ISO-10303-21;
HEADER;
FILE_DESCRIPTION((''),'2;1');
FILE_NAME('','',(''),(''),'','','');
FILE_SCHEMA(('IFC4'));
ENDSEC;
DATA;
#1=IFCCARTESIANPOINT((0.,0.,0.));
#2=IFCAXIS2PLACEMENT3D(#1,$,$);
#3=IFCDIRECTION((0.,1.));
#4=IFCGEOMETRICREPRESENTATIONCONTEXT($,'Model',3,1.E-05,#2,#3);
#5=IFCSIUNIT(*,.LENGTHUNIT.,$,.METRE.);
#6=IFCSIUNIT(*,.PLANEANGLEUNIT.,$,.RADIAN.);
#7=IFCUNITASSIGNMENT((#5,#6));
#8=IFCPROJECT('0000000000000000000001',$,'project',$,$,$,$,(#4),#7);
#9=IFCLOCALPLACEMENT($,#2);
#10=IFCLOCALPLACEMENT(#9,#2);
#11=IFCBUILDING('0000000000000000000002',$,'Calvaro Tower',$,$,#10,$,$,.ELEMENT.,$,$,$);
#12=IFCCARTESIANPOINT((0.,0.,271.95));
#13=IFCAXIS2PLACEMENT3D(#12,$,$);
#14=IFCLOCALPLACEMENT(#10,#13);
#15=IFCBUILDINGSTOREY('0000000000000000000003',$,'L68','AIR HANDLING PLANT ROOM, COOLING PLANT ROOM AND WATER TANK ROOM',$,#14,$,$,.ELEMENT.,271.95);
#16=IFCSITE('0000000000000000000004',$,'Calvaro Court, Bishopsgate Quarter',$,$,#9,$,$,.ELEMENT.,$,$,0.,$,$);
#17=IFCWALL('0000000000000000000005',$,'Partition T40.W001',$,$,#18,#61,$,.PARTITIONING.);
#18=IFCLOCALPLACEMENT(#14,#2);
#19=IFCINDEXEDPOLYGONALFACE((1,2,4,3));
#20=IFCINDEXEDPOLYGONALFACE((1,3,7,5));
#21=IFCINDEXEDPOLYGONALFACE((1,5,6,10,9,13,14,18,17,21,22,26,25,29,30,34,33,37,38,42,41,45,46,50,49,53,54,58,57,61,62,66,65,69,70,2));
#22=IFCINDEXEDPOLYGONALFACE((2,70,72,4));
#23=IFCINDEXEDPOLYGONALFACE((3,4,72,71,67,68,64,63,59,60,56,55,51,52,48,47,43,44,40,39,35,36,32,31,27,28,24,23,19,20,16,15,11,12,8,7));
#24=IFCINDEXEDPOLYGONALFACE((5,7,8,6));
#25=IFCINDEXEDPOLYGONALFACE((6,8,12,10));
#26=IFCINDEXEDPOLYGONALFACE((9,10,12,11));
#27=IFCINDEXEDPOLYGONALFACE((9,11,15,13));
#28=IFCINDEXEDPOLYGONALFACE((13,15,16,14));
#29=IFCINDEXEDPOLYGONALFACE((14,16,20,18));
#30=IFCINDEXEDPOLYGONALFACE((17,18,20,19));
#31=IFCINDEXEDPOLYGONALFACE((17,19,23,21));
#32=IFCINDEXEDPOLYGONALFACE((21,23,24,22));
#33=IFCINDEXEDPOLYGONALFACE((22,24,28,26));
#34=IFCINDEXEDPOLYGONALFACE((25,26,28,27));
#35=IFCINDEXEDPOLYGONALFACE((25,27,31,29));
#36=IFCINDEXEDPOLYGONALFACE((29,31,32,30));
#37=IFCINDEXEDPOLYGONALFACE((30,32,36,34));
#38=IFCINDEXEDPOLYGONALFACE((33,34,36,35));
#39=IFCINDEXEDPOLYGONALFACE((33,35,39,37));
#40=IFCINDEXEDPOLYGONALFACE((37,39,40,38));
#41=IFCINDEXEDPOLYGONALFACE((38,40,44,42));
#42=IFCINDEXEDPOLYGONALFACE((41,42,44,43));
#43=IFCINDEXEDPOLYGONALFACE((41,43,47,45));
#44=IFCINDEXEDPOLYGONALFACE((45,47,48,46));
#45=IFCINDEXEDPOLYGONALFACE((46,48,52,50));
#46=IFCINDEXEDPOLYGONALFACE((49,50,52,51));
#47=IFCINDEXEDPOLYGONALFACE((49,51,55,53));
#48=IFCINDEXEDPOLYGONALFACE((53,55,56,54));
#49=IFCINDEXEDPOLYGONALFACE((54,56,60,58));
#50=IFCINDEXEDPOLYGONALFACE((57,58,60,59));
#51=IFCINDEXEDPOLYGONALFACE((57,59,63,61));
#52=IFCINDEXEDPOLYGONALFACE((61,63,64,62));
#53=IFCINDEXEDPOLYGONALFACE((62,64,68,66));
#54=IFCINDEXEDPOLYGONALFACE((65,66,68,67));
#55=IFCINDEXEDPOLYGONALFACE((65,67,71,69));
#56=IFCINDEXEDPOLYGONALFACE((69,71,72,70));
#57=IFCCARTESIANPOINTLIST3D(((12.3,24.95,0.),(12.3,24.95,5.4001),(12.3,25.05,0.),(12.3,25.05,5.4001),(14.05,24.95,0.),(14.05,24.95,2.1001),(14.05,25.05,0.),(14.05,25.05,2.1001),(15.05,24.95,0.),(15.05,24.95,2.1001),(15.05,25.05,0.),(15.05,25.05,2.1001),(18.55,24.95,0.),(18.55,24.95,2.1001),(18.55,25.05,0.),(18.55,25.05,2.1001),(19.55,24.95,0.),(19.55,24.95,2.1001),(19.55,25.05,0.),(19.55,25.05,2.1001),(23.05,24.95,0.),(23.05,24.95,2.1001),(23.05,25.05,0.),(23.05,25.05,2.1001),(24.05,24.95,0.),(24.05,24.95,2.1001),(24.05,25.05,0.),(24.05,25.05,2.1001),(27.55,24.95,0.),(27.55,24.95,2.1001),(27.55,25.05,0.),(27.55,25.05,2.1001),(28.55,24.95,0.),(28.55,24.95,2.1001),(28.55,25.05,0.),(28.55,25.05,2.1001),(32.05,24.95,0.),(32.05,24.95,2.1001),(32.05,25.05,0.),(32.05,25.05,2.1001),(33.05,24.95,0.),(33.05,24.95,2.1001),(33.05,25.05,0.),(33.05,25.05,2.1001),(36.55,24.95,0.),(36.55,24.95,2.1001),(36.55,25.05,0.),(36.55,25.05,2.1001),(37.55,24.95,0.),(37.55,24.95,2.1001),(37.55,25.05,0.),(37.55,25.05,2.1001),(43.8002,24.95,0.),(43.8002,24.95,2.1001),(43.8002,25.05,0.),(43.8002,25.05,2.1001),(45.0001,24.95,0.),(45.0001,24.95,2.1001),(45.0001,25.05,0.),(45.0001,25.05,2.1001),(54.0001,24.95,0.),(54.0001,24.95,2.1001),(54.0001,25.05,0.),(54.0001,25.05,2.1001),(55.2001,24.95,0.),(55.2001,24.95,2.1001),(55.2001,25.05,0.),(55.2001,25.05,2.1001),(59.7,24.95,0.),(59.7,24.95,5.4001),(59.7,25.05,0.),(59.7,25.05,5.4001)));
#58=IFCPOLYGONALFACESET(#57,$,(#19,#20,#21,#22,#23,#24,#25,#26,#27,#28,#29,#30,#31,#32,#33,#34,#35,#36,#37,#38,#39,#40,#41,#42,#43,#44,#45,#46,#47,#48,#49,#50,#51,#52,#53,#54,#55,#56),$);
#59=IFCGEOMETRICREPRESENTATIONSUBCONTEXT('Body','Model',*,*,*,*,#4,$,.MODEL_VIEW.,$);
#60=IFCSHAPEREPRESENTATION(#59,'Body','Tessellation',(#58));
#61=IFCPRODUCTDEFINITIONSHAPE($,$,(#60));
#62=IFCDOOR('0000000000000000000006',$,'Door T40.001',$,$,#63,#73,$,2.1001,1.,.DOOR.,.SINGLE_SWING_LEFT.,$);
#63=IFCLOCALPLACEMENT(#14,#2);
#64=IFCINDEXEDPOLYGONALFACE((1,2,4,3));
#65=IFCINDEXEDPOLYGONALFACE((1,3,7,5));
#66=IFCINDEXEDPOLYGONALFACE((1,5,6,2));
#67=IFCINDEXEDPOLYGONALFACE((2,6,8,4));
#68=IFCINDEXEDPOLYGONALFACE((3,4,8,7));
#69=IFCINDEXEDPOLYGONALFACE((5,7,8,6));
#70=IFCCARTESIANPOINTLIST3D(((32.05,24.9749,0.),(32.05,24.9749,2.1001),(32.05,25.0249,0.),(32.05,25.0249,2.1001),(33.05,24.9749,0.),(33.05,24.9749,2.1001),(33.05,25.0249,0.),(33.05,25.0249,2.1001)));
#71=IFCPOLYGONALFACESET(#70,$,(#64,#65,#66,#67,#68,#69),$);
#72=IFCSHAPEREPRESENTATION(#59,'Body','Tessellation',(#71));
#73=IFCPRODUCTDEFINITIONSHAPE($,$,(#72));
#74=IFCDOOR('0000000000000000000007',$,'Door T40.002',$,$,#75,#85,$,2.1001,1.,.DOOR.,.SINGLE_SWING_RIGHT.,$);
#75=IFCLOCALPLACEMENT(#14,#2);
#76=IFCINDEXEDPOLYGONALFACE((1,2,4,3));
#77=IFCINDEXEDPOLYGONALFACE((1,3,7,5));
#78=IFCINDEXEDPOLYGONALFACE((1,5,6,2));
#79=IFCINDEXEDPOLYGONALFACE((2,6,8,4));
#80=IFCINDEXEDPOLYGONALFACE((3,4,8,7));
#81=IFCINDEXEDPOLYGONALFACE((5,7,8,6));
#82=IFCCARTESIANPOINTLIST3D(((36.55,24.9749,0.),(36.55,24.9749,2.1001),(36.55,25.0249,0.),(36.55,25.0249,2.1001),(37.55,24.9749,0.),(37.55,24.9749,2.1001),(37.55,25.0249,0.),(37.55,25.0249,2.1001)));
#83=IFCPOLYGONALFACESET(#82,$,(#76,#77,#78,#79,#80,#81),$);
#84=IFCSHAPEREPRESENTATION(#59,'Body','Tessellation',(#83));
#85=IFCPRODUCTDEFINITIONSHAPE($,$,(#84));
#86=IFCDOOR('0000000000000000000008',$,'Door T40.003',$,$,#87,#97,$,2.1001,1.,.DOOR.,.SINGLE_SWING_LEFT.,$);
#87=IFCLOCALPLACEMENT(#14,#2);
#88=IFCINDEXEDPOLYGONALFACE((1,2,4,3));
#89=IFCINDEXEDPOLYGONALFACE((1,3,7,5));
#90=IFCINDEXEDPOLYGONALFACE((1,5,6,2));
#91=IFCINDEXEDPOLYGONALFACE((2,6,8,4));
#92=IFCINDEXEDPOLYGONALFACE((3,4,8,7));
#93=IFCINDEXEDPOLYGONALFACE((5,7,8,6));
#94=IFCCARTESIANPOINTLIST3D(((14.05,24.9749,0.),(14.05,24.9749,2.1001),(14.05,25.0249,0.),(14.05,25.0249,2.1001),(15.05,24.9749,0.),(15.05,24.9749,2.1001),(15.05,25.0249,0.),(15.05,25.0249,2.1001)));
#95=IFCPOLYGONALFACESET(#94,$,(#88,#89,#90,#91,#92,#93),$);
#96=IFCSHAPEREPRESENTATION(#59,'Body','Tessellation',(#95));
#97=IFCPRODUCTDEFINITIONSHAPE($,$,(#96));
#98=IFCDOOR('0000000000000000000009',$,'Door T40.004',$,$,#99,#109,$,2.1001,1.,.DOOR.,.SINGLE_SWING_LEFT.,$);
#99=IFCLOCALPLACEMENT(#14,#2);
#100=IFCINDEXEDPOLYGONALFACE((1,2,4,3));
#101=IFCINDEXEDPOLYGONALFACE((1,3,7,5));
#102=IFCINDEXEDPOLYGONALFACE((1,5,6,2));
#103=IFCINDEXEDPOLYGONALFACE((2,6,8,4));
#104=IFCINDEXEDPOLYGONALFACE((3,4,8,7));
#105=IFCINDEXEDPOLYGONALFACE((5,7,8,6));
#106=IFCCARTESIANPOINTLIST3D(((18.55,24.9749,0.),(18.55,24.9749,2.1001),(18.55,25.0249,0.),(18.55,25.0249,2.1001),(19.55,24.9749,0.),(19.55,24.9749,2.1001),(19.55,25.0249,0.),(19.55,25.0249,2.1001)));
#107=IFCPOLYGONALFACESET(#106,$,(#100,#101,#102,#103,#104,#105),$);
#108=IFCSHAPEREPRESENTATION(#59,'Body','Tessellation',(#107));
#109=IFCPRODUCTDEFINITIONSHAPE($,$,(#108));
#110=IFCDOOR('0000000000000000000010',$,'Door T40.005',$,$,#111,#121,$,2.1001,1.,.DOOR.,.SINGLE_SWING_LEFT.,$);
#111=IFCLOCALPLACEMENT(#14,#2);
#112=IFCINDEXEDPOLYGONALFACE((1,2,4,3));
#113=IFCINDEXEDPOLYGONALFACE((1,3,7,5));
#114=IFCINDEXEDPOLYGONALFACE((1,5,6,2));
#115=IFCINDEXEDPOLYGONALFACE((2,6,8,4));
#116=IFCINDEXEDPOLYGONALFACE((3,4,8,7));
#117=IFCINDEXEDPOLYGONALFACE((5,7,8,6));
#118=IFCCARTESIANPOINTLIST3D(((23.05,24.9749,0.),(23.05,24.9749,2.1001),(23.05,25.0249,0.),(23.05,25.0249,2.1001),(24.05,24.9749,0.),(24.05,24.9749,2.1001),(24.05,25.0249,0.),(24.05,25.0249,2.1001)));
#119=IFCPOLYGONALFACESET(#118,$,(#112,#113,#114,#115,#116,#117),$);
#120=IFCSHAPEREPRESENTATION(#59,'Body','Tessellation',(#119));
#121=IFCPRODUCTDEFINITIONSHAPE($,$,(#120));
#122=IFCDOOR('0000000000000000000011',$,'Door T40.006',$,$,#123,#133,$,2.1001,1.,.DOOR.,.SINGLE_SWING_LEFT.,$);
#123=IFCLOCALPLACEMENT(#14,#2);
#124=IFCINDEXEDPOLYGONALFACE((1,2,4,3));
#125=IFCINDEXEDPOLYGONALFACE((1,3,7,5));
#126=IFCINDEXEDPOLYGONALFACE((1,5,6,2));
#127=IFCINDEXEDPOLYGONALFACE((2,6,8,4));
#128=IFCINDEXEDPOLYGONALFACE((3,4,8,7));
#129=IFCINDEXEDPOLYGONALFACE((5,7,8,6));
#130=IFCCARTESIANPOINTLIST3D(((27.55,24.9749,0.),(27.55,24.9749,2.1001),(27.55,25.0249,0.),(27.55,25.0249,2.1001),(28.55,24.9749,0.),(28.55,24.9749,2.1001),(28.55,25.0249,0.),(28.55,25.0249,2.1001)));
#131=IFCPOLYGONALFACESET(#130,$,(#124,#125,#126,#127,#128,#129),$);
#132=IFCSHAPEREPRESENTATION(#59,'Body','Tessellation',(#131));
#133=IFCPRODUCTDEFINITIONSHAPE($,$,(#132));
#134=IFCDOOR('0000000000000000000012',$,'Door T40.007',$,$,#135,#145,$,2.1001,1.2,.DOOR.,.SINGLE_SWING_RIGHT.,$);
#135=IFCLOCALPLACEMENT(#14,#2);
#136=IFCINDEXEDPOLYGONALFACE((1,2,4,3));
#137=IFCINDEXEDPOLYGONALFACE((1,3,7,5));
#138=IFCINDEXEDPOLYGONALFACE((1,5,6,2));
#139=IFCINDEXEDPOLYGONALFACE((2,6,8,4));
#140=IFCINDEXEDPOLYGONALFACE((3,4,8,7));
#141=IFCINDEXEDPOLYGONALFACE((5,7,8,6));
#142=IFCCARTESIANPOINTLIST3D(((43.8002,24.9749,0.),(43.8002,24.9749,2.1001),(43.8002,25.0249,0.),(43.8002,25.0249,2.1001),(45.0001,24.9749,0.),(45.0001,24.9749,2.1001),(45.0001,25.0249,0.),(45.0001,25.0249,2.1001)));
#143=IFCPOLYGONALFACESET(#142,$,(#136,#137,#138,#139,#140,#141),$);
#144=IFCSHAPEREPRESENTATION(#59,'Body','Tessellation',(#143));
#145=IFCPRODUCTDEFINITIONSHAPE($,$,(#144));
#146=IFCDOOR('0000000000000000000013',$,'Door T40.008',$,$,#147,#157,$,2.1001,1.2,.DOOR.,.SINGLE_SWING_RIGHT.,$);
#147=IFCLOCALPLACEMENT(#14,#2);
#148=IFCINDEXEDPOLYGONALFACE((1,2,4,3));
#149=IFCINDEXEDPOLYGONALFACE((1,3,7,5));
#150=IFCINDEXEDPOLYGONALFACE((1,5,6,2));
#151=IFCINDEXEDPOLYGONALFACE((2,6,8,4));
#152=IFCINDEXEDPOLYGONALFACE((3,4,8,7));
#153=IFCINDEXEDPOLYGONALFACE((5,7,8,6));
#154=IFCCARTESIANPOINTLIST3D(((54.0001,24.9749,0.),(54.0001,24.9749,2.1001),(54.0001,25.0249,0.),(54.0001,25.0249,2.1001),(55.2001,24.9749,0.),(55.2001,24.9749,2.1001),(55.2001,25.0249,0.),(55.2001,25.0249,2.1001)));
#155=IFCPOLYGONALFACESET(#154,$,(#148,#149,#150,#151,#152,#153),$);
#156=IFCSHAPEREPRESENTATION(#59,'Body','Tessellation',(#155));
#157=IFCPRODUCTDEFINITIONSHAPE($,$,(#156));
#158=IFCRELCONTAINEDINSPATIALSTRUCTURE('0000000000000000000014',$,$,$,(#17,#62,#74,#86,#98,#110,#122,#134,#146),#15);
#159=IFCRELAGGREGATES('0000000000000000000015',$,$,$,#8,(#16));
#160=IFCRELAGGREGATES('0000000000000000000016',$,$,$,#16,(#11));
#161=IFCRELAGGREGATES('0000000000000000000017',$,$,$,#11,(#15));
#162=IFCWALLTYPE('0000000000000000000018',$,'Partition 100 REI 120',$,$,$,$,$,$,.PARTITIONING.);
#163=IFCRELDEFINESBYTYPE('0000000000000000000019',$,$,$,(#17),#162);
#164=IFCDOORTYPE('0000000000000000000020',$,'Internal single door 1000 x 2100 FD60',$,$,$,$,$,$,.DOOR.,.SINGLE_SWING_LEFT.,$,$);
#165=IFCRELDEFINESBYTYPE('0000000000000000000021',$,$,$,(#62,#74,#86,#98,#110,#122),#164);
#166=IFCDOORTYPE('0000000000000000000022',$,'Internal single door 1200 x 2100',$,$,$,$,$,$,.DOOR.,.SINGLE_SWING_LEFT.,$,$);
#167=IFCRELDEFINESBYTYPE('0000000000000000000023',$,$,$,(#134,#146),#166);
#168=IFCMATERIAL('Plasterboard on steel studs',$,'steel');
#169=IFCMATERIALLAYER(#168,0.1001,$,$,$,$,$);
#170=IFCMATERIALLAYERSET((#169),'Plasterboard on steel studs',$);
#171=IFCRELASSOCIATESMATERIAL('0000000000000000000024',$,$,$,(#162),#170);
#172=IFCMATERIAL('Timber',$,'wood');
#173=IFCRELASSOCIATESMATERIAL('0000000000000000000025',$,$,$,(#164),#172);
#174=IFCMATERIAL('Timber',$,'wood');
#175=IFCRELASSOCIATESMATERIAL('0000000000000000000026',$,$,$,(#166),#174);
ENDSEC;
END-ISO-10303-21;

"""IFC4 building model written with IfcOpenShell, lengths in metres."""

from ifc_helpers import new_model, si_unit, direction, frame, frame_2d, origin, place, context, subcontext, project, spatial, rectangle, extrude, material, layer, layer_set, type_object, element, fill, save


model = new_model("IFC4")

# Units and contexts
model_context = context("Model", 3, precision=1e-05, world=origin(), true_north=direction((0.0, 1.0)))
body_context = subcontext(model_context, "Body", "Model", "MODEL_VIEW")
ifc_project = project(units=[si_unit("LENGTHUNIT", "METRE"), si_unit("PLANEANGLEUNIT", "RADIAN")], contexts=[model_context])

# Site, building, storey
site_placement = place(None, origin())
site = spatial("IfcSite", under=ifc_project, at=site_placement, Name="Calvaro Court, Bishopsgate Quarter", CompositionType="ELEMENT", RefElevation=0.0)
building_placement = place(site_placement, origin())
building = spatial("IfcBuilding", under=site, at=building_placement, Name="Calvaro Tower", CompositionType="ELEMENT")
storey_placement = place(building_placement, frame((0.0, 0.0, 271.95)))
storey = spatial("IfcBuildingStorey", under=building, at=storey_placement, Name="L68", Description="AIR HANDLING PLANT ROOM, COOLING PLANT ROOM AND WATER TANK ROOM", CompositionType="ELEMENT", Elevation=271.95)

# Wall, openings, doors
ifc_material_1 = material(Name="Plasterboard on steel studs", Category="steel")
ifc_layer_1 = layer(ifc_material_1, 0.1001)
ifc_layer_set_1 = layer_set([ifc_layer_1], Name="Plasterboard on steel studs")
wall_type_1 = type_object("IfcWallType", Name="Partition 100 REI 120", PredefinedType="PARTITIONING", material=ifc_layer_set_1)
wall_1_placement = place(storey_placement, frame((12.3, 25.0, 0.0), z_axis=(0.0, 0.0, 1.0), x_axis=(1.0, 0.0, 0.0)))
wall_1 = element("IfcWall", 1, at=wall_1_placement, inside=storey, type_object=wall_type_1, Name="Partition T40.W001", PredefinedType="PARTITIONING", context=body_context, shape_type="SweptSolid", body=[
    extrude(rectangle(XDim=47.3999, YDim=0.1001, at=frame_2d((23.7, 0.0))), origin(), (0.0, 0.0, 1.0), 5.4001),
])
opening_1_placement = place(wall_1_placement, frame((19.75, 0.0, 0.0)))
opening_1 = element("IfcOpeningElement", 2, at=opening_1_placement, cuts=wall_1, PredefinedType="OPENING", context=body_context, shape_type="SweptSolid", body=[
    extrude(rectangle(XDim=1.0, YDim=2.1001, at=frame_2d((0.5, 1.05))), frame((0.0, 0.0601, 0.0), z_axis=(0.0, -1.0, 0.0), x_axis=(1.0, 0.0, 0.0)), (0.0, 0.0, 1.0), 0.1201),
])
opening_2_placement = place(wall_1_placement, frame((24.25, 0.0, 0.0)))
opening_2 = element("IfcOpeningElement", 3, at=opening_2_placement, cuts=wall_1, PredefinedType="OPENING", context=body_context, shape_type="SweptSolid", body=[
    extrude(rectangle(XDim=1.0, YDim=2.1001, at=frame_2d((0.5, 1.05))), frame((0.0, 0.0601, 0.0), z_axis=(0.0, -1.0, 0.0), x_axis=(1.0, 0.0, 0.0)), (0.0, 0.0, 1.0), 0.1201),
])
opening_3_placement = place(wall_1_placement, frame((1.75, 0.0, 0.0)))
opening_3 = element("IfcOpeningElement", 4, at=opening_3_placement, cuts=wall_1, PredefinedType="OPENING", context=body_context, shape_type="SweptSolid", body=[
    extrude(rectangle(XDim=1.0, YDim=2.1001, at=frame_2d((0.5, 1.05))), frame((0.0, 0.0601, 0.0), z_axis=(0.0, -1.0, 0.0), x_axis=(1.0, 0.0, 0.0)), (0.0, 0.0, 1.0), 0.1201),
])
opening_4_placement = place(wall_1_placement, frame((6.25, 0.0, 0.0)))
opening_4 = element("IfcOpeningElement", 5, at=opening_4_placement, cuts=wall_1, PredefinedType="OPENING", context=body_context, shape_type="SweptSolid", body=[
    extrude(rectangle(XDim=1.0, YDim=2.1001, at=frame_2d((0.5, 1.05))), frame((0.0, 0.0601, 0.0), z_axis=(0.0, -1.0, 0.0), x_axis=(1.0, 0.0, 0.0)), (0.0, 0.0, 1.0), 0.1201),
])
opening_5_placement = place(wall_1_placement, frame((10.75, 0.0, 0.0)))
opening_5 = element("IfcOpeningElement", 6, at=opening_5_placement, cuts=wall_1, PredefinedType="OPENING", context=body_context, shape_type="SweptSolid", body=[
    extrude(rectangle(XDim=1.0, YDim=2.1001, at=frame_2d((0.5, 1.05))), frame((0.0, 0.0601, 0.0), z_axis=(0.0, -1.0, 0.0), x_axis=(1.0, 0.0, 0.0)), (0.0, 0.0, 1.0), 0.1201),
])
opening_6_placement = place(wall_1_placement, frame((15.25, 0.0, 0.0)))
opening_6 = element("IfcOpeningElement", 7, at=opening_6_placement, cuts=wall_1, PredefinedType="OPENING", context=body_context, shape_type="SweptSolid", body=[
    extrude(rectangle(XDim=1.0, YDim=2.1001, at=frame_2d((0.5, 1.05))), frame((0.0, 0.0601, 0.0), z_axis=(0.0, -1.0, 0.0), x_axis=(1.0, 0.0, 0.0)), (0.0, 0.0, 1.0), 0.1201),
])
opening_7_placement = place(wall_1_placement, frame((31.5, 0.0, 0.0)))
opening_7 = element("IfcOpeningElement", 8, at=opening_7_placement, cuts=wall_1, PredefinedType="OPENING", context=body_context, shape_type="SweptSolid", body=[
    extrude(rectangle(XDim=1.2, YDim=2.1001, at=frame_2d((0.6001, 1.05))), frame((0.0, 0.0601, 0.0), z_axis=(0.0, -1.0, 0.0), x_axis=(1.0, 0.0, 0.0)), (0.0, 0.0, 1.0), 0.1201),
])
opening_8_placement = place(wall_1_placement, frame((41.7, 0.0, 0.0)))
opening_8 = element("IfcOpeningElement", 9, at=opening_8_placement, cuts=wall_1, PredefinedType="OPENING", context=body_context, shape_type="SweptSolid", body=[
    extrude(rectangle(XDim=1.2, YDim=2.1001, at=frame_2d((0.6001, 1.05))), frame((0.0, 0.0601, 0.0), z_axis=(0.0, -1.0, 0.0), x_axis=(1.0, 0.0, 0.0)), (0.0, 0.0, 1.0), 0.1201),
])
ifc_material_2 = material(Name="Timber", Category="wood")
door_type_1 = type_object("IfcDoorType", Name="Internal single door 1000 x 2100 FD60", OperationType="SINGLE_SWING_LEFT", PredefinedType="DOOR", material=ifc_material_2)
door_1_placement = place(opening_1_placement, origin())
door_1 = element("IfcDoor", 10, at=door_1_placement, inside=storey, type_object=door_type_1, Name="Door T40.001", OperationType="SINGLE_SWING_LEFT", OverallHeight=2.1001, OverallWidth=1.0, PredefinedType="DOOR", context=body_context, shape_type="SweptSolid", body=[
    extrude(rectangle(XDim=1.0, YDim=2.1001, at=frame_2d((0.5, 1.05))), frame((0.0, 0.0249, 0.0), z_axis=(0.0, -1.0, 0.0), x_axis=(1.0, 0.0, 0.0)), (0.0, 0.0, 1.0), 0.05),
])
fill(opening_1, door_1)
door_2_placement = place(opening_2_placement, origin())
door_2 = element("IfcDoor", 11, at=door_2_placement, inside=storey, type_object=door_type_1, Name="Door T40.002", OperationType="SINGLE_SWING_RIGHT", OverallHeight=2.1001, OverallWidth=1.0, PredefinedType="DOOR", context=body_context, shape_type="SweptSolid", body=[
    extrude(rectangle(XDim=1.0, YDim=2.1001, at=frame_2d((0.5, 1.05))), frame((0.0, 0.0249, 0.0), z_axis=(0.0, -1.0, 0.0), x_axis=(1.0, 0.0, 0.0)), (0.0, 0.0, 1.0), 0.05),
])
fill(opening_2, door_2)
door_3_placement = place(opening_3_placement, origin())
door_3 = element("IfcDoor", 12, at=door_3_placement, inside=storey, type_object=door_type_1, Name="Door T40.003", OperationType="SINGLE_SWING_LEFT", OverallHeight=2.1001, OverallWidth=1.0, PredefinedType="DOOR", context=body_context, shape_type="SweptSolid", body=[
    extrude(rectangle(XDim=1.0, YDim=2.1001, at=frame_2d((0.5, 1.05))), frame((0.0, 0.0249, 0.0), z_axis=(0.0, -1.0, 0.0), x_axis=(1.0, 0.0, 0.0)), (0.0, 0.0, 1.0), 0.05),
])
fill(opening_3, door_3)
door_4_placement = place(opening_4_placement, origin())
door_4 = element("IfcDoor", 13, at=door_4_placement, inside=storey, type_object=door_type_1, Name="Door T40.004", OperationType="SINGLE_SWING_LEFT", OverallHeight=2.1001, OverallWidth=1.0, PredefinedType="DOOR", context=body_context, shape_type="SweptSolid", body=[
    extrude(rectangle(XDim=1.0, YDim=2.1001, at=frame_2d((0.5, 1.05))), frame((0.0, 0.0249, 0.0), z_axis=(0.0, -1.0, 0.0), x_axis=(1.0, 0.0, 0.0)), (0.0, 0.0, 1.0), 0.05),
])
fill(opening_4, door_4)
door_5_placement = place(opening_5_placement, origin())
door_5 = element("IfcDoor", 14, at=door_5_placement, inside=storey, type_object=door_type_1, Name="Door T40.005", OperationType="SINGLE_SWING_LEFT", OverallHeight=2.1001, OverallWidth=1.0, PredefinedType="DOOR", context=body_context, shape_type="SweptSolid", body=[
    extrude(rectangle(XDim=1.0, YDim=2.1001, at=frame_2d((0.5, 1.05))), frame((0.0, 0.0249, 0.0), z_axis=(0.0, -1.0, 0.0), x_axis=(1.0, 0.0, 0.0)), (0.0, 0.0, 1.0), 0.05),
])
fill(opening_5, door_5)
door_6_placement = place(opening_6_placement, origin())
door_6 = element("IfcDoor", 15, at=door_6_placement, inside=storey, type_object=door_type_1, Name="Door T40.006", OperationType="SINGLE_SWING_LEFT", OverallHeight=2.1001, OverallWidth=1.0, PredefinedType="DOOR", context=body_context, shape_type="SweptSolid", body=[
    extrude(rectangle(XDim=1.0, YDim=2.1001, at=frame_2d((0.5, 1.05))), frame((0.0, 0.0249, 0.0), z_axis=(0.0, -1.0, 0.0), x_axis=(1.0, 0.0, 0.0)), (0.0, 0.0, 1.0), 0.05),
])
fill(opening_6, door_6)
ifc_material_3 = material(Name="Timber", Category="wood")
door_type_2 = type_object("IfcDoorType", Name="Internal single door 1200 x 2100", OperationType="SINGLE_SWING_LEFT", PredefinedType="DOOR", material=ifc_material_3)
door_7_placement = place(opening_7_placement, origin())
door_7 = element("IfcDoor", 16, at=door_7_placement, inside=storey, type_object=door_type_2, Name="Door T40.007", OperationType="SINGLE_SWING_RIGHT", OverallHeight=2.1001, OverallWidth=1.2, PredefinedType="DOOR", context=body_context, shape_type="SweptSolid", body=[
    extrude(rectangle(XDim=1.2, YDim=2.1001, at=frame_2d((0.6001, 1.05))), frame((0.0, 0.0249, 0.0), z_axis=(0.0, -1.0, 0.0), x_axis=(1.0, 0.0, 0.0)), (0.0, 0.0, 1.0), 0.05),
])
fill(opening_7, door_7)
door_8_placement = place(opening_8_placement, origin())
door_8 = element("IfcDoor", 17, at=door_8_placement, inside=storey, type_object=door_type_2, Name="Door T40.008", OperationType="SINGLE_SWING_RIGHT", OverallHeight=2.1001, OverallWidth=1.2, PredefinedType="DOOR", context=body_context, shape_type="SweptSolid", body=[
    extrude(rectangle(XDim=1.2, YDim=2.1001, at=frame_2d((0.6001, 1.05))), frame((0.0, 0.0249, 0.0), z_axis=(0.0, -1.0, 0.0), x_axis=(1.0, 0.0, 0.0)), (0.0, 0.0, 1.0), 0.05),
])
fill(opening_8, door_8)

save(model, "model.ifc")
